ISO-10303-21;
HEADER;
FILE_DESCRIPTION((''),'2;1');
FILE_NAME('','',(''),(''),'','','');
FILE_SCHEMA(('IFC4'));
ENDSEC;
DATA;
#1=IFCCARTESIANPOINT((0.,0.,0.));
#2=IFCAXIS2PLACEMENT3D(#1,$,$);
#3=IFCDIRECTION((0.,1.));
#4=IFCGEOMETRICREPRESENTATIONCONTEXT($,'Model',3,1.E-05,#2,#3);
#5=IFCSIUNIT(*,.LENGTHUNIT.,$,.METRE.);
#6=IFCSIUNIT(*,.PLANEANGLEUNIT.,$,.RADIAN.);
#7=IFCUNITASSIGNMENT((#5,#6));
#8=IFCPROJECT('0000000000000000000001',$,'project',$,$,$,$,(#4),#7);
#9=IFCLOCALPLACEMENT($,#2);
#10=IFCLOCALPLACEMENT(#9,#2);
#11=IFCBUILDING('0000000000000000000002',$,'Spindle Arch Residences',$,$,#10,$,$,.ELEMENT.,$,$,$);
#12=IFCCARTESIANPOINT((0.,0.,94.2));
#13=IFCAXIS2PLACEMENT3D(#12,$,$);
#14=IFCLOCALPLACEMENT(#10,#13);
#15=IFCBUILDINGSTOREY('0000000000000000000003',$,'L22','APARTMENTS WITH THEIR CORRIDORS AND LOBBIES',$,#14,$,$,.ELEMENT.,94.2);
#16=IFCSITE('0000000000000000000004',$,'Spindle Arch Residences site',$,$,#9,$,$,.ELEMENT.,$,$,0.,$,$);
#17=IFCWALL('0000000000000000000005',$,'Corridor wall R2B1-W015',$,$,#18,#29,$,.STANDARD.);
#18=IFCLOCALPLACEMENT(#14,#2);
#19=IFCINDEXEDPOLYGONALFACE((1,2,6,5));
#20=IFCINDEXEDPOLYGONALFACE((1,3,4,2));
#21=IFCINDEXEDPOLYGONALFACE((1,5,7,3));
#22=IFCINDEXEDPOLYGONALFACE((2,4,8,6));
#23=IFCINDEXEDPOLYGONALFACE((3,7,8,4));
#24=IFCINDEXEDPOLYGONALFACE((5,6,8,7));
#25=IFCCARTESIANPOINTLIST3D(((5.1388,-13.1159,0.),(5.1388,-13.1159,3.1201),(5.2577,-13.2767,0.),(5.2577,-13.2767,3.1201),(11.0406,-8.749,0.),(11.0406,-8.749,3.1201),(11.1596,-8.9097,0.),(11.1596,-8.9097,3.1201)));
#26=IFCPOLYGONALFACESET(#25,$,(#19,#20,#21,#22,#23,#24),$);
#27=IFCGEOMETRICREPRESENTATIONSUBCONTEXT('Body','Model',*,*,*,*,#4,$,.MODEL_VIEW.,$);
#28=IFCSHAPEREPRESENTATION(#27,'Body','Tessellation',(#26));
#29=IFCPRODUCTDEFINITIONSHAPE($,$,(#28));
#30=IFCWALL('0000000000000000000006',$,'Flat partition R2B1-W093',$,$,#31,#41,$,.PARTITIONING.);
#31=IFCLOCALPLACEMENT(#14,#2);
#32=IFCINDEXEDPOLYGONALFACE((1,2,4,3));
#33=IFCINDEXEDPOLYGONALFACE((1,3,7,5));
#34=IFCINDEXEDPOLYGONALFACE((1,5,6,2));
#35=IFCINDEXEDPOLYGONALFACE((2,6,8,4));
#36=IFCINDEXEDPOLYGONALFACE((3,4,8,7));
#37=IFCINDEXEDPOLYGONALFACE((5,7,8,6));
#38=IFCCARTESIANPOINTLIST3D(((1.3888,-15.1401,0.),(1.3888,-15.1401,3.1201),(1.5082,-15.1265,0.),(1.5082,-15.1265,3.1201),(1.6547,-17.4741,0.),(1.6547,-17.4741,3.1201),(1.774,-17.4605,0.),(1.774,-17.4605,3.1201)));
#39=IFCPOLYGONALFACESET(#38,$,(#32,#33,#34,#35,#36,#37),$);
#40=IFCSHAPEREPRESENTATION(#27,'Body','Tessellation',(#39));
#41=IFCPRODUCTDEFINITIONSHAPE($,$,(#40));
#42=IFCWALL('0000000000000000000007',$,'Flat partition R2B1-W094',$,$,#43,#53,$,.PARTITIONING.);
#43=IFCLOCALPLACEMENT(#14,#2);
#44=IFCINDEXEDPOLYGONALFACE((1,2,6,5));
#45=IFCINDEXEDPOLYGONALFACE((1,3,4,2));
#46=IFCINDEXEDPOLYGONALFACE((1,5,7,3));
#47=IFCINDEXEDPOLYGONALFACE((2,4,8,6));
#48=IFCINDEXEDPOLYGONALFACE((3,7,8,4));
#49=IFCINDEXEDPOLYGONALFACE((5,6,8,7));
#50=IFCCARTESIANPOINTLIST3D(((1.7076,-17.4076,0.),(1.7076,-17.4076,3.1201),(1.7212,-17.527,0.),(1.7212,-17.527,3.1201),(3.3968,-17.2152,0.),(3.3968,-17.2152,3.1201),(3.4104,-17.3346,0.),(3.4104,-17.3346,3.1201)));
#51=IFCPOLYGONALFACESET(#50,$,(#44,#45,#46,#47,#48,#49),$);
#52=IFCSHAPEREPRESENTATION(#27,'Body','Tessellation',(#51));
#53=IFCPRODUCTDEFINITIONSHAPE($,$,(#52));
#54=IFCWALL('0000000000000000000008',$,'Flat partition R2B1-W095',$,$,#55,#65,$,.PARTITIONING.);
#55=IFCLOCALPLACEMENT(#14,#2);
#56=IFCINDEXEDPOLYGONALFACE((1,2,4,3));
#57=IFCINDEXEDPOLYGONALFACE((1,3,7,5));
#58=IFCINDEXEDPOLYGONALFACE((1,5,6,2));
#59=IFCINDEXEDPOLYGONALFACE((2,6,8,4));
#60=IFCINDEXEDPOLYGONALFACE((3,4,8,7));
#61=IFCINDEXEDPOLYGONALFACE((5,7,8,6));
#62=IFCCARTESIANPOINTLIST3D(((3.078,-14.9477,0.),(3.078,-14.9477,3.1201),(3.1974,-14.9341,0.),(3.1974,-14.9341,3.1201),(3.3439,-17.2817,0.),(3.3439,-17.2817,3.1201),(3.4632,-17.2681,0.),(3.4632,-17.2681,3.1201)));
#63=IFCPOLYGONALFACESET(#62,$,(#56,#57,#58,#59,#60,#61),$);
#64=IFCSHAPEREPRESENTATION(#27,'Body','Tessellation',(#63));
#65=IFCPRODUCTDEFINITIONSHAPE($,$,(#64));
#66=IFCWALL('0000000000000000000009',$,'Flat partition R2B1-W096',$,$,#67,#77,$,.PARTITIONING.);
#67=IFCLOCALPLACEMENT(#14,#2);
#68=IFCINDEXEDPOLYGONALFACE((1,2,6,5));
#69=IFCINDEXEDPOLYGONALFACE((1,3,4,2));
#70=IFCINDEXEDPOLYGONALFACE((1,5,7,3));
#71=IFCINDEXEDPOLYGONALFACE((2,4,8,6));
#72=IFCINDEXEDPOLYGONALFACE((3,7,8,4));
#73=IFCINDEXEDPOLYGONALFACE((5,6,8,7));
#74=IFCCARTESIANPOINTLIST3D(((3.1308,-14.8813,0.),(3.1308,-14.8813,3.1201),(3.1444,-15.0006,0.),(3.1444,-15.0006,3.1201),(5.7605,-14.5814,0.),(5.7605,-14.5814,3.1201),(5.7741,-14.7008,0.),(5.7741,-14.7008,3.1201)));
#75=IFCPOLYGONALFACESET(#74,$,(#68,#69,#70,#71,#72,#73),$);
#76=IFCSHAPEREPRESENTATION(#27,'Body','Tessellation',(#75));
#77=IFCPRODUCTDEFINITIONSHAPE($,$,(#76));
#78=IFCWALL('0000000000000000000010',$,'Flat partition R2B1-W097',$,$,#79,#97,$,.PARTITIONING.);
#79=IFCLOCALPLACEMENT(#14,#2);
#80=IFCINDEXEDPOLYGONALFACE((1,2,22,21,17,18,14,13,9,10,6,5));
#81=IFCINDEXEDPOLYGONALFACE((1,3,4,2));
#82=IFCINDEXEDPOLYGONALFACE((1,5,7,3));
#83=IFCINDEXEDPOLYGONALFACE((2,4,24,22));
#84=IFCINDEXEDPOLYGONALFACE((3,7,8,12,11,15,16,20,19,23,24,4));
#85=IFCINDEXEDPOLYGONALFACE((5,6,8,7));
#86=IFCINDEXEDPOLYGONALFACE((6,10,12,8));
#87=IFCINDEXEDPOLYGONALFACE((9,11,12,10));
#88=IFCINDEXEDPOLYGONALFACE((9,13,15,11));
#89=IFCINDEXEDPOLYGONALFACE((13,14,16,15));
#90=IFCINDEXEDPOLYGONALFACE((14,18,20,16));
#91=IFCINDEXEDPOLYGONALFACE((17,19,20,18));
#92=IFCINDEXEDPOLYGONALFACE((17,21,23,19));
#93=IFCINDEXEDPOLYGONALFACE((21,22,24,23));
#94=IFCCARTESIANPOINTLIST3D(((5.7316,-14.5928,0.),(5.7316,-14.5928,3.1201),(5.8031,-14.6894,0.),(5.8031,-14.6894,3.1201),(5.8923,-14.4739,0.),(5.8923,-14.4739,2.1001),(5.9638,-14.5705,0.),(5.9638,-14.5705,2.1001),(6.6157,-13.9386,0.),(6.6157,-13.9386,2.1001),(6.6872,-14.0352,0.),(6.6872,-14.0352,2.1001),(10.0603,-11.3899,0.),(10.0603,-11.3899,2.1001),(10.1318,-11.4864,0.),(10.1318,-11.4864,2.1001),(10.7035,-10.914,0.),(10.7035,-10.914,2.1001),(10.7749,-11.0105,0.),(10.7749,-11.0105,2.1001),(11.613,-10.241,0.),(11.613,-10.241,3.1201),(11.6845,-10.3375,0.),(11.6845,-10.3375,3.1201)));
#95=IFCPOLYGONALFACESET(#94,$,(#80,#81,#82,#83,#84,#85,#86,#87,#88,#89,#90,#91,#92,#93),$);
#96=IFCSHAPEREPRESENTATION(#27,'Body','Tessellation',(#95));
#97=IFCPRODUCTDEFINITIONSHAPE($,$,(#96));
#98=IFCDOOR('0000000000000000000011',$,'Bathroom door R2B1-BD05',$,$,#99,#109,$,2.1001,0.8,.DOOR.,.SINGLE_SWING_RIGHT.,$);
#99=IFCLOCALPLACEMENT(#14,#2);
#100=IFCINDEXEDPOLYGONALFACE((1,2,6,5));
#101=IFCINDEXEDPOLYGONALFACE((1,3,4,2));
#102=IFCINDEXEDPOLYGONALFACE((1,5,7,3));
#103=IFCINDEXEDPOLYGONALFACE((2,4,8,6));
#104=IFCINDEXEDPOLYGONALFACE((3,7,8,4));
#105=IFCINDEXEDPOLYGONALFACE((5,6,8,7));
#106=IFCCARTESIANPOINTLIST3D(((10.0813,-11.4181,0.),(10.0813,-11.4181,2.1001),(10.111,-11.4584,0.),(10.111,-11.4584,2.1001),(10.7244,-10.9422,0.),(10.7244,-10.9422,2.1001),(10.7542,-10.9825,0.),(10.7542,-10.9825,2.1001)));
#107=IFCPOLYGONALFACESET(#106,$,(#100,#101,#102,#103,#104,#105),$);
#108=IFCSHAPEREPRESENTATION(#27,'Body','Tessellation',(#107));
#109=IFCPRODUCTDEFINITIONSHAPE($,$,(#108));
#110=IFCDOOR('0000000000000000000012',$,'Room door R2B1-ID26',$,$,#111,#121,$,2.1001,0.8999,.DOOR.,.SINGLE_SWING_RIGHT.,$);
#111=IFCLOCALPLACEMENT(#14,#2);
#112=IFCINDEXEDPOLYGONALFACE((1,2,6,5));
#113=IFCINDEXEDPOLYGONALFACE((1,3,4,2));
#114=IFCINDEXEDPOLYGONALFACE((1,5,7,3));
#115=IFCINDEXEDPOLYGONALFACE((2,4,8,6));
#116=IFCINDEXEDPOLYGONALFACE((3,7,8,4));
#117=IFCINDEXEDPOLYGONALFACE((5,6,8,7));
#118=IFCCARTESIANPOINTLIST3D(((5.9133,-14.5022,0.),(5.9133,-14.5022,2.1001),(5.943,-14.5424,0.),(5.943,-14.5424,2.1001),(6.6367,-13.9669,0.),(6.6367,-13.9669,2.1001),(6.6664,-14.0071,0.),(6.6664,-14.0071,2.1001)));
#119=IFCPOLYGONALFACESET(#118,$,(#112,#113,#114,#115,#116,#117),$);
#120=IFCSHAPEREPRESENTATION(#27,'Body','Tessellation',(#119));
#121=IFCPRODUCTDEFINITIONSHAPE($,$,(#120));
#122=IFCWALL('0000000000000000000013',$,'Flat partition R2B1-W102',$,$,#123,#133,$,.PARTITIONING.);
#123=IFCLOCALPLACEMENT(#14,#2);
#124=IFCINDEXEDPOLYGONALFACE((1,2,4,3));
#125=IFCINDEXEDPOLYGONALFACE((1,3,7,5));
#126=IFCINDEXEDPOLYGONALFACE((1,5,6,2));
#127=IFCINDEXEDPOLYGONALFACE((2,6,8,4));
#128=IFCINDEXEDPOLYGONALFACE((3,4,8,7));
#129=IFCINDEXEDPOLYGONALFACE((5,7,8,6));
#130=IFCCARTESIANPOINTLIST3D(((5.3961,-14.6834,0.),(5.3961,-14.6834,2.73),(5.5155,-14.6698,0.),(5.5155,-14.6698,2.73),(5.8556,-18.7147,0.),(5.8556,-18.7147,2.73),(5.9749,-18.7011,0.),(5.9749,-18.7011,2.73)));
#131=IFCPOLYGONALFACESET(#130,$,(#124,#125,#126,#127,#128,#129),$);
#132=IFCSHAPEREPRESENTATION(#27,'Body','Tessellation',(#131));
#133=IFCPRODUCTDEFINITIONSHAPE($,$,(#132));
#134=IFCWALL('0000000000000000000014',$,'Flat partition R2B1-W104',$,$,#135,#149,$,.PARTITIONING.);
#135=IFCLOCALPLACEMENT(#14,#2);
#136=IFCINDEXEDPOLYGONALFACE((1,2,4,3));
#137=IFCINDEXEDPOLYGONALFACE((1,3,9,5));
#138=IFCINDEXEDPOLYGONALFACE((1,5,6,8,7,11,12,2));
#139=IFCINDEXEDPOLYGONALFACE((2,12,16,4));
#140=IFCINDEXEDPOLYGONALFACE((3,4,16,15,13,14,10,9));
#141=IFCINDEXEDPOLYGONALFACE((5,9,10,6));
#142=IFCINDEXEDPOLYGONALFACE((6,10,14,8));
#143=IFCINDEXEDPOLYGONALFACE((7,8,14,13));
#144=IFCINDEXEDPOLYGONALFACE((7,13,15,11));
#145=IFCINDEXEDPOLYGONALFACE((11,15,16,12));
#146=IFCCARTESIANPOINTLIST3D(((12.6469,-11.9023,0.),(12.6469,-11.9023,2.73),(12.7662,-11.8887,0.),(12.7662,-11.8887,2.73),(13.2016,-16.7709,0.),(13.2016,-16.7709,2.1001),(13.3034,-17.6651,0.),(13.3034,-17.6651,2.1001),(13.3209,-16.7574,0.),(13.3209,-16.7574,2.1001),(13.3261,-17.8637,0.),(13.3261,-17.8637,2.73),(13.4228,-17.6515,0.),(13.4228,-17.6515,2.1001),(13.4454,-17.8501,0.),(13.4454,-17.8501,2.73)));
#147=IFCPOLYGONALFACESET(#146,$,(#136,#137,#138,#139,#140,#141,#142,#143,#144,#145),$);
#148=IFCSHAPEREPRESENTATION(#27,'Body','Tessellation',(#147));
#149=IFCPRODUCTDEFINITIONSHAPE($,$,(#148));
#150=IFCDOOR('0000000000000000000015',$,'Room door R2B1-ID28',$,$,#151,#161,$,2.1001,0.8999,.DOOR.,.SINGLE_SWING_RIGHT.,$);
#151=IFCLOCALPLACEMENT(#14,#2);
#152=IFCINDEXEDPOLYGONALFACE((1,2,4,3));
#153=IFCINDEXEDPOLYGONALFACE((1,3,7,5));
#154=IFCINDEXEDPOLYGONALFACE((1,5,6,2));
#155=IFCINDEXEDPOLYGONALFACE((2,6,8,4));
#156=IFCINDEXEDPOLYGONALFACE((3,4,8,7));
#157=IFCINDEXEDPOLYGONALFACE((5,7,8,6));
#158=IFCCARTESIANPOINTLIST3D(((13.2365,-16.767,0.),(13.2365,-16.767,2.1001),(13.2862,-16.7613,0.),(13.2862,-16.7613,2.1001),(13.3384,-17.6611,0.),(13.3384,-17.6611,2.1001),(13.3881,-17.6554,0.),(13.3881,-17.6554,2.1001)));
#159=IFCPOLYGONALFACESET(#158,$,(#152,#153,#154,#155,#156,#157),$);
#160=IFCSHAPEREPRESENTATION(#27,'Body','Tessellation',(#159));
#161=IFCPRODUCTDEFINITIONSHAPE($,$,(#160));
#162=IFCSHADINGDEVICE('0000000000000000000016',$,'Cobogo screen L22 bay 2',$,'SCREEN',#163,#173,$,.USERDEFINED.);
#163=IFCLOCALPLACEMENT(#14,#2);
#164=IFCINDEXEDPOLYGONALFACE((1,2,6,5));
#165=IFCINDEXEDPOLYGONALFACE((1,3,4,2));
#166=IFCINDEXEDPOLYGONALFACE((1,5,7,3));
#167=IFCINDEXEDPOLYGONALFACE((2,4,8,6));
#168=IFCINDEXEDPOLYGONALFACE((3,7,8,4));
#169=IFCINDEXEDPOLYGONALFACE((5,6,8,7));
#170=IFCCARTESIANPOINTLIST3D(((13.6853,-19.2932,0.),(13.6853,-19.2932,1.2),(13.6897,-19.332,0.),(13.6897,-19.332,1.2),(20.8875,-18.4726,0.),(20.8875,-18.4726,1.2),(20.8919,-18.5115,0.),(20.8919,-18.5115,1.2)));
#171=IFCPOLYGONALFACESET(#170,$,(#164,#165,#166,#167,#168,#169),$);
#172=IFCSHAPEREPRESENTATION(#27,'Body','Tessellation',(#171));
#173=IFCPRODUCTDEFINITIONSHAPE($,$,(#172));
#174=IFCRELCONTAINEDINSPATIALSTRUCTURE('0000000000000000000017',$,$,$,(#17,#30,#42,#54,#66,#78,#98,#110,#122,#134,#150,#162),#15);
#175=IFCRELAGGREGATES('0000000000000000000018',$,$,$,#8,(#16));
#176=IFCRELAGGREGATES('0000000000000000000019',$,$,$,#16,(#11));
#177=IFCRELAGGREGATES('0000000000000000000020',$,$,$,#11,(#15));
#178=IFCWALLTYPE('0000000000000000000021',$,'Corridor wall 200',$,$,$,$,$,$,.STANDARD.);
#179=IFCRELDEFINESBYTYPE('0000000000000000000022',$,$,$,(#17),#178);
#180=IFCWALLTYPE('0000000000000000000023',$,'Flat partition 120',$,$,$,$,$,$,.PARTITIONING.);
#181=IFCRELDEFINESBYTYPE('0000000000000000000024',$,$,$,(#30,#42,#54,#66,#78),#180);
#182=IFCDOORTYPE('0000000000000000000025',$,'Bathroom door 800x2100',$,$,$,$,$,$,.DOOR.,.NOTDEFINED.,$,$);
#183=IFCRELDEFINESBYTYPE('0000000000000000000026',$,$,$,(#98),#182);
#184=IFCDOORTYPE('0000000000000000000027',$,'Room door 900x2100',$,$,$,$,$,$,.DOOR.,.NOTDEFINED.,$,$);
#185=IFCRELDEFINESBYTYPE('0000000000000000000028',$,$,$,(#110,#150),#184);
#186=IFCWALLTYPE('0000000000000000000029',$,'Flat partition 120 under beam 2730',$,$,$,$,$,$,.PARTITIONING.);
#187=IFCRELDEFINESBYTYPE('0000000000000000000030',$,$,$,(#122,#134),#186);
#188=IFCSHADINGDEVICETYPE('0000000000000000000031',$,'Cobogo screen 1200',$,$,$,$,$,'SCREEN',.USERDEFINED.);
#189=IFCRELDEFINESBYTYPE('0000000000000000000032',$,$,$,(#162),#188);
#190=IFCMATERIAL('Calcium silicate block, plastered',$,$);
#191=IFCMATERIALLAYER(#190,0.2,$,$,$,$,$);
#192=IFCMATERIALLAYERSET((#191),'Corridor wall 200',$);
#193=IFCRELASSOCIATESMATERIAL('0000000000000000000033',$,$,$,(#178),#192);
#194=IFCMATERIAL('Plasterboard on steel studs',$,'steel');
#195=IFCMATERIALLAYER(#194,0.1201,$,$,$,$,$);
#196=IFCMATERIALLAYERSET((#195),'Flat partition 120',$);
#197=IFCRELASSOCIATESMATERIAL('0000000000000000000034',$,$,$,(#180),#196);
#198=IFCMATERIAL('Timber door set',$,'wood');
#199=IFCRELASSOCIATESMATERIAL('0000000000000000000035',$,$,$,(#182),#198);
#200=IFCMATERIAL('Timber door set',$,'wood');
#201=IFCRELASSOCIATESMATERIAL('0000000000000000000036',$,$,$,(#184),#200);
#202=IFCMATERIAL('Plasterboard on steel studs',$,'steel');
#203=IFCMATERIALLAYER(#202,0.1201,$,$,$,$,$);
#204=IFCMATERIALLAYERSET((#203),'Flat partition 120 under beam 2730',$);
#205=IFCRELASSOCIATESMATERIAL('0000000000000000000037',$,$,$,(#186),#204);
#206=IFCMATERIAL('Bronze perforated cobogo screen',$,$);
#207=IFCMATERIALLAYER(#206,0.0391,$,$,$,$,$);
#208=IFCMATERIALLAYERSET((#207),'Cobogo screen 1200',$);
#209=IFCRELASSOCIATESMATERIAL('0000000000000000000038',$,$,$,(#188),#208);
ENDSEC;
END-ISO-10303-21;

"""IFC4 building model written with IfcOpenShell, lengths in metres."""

from ifc_helpers import new_model, si_unit, direction, frame, frame_2d, origin, origin_2d, place, context, subcontext, project, spatial, rectangle, extrude, material, layer, layer_set, type_object, element, fill, save


model = new_model("IFC4")

# Units and contexts
model_context = context("Model", 3, precision=1e-05, world=origin(), true_north=direction((0.0, 1.0)))
body_context = subcontext(model_context, "Body", "Model", "MODEL_VIEW")
ifc_project = project(units=[si_unit("LENGTHUNIT", "METRE"), si_unit("PLANEANGLEUNIT", "RADIAN")], contexts=[model_context])

# Site, building, storey
site_placement = place(None, origin())
site = spatial("IfcSite", under=ifc_project, at=site_placement, Name="Spindle Arch Residences site", CompositionType="ELEMENT", RefElevation=0.0)
building_placement = place(site_placement, origin())
building = spatial("IfcBuilding", under=site, at=building_placement, Name="Spindle Arch Residences", CompositionType="ELEMENT")
storey_placement = place(building_placement, frame((0.0, 0.0, 94.2)))
storey = spatial("IfcBuildingStorey", under=building, at=storey_placement, Name="L22", Description="APARTMENTS WITH THEIR CORRIDORS AND LOBBIES", CompositionType="ELEMENT", Elevation=94.2)

# Walls
ifc_material_1 = material(Name="Calcium silicate block, plastered")
ifc_layer_1 = layer(ifc_material_1, 0.2)
ifc_layer_set_1 = layer_set([ifc_layer_1], Name="Corridor wall 200")
wall_type_1 = type_object("IfcWallType", Name="Corridor wall 200", PredefinedType="STANDARD", material=ifc_layer_set_1)
wall_1_placement = place(storey_placement, frame((5.1982, -13.1963, 0.0), z_axis=(0.0, 0.0, 1.0), x_axis=(0.80387, 0.594805, 0.0)))
element("IfcWall", 1, at=wall_1_placement, inside=storey, type_object=wall_type_1, Name="Corridor wall R2B1-W015", PredefinedType="STANDARD", context=body_context, shape_type="SweptSolid", body=[
    extrude(rectangle(XDim=7.3418, YDim=0.2, at=frame_2d((3.6709, 0.0))), origin(), (0.0, 0.0, 1.0), 3.1201),
])
ifc_material_2 = material(Name="Plasterboard on steel studs", Category="steel")
ifc_layer_2 = layer(ifc_material_2, 0.1201)
ifc_layer_set_2 = layer_set([ifc_layer_2], Name="Flat partition 120")
wall_type_2 = type_object("IfcWallType", Name="Flat partition 120", PredefinedType="PARTITIONING", material=ifc_layer_set_2)
wall_2_placement = place(storey_placement, frame((1.4485, -15.1333, 0.0), z_axis=(0.0, 0.0, 1.0), x_axis=(0.11318, -0.993574, 0.0)))
element("IfcWall", 2, at=wall_2_placement, inside=storey, type_object=wall_type_2, Name="Flat partition R2B1-W093", PredefinedType="PARTITIONING", context=body_context, shape_type="SweptSolid", body=[
    extrude(rectangle(XDim=2.3491, YDim=0.1201, at=frame_2d((1.1746, 0.0))), origin(), (0.0, 0.0, 1.0), 3.1201),
])
wall_3_placement = place(storey_placement, frame((1.7144, -17.4673, 0.0), z_axis=(0.0, 0.0, 1.0), x_axis=(0.993577, 0.113158, 0.0)))
element("IfcWall", 3, at=wall_3_placement, inside=storey, type_object=wall_type_2, Name="Flat partition R2B1-W094", PredefinedType="PARTITIONING", context=body_context, shape_type="SweptSolid", body=[
    extrude(rectangle(XDim=1.7002, YDim=0.1201, at=frame_2d((0.8501, 0.0))), origin(), (0.0, 0.0, 1.0), 3.1201),
])
wall_4_placement = place(storey_placement, frame((3.4036, -17.2749, 0.0), z_axis=(0.0, 0.0, 1.0), x_axis=(-0.11318, 0.993574, 0.0)))
element("IfcWall", 4, at=wall_4_placement, inside=storey, type_object=wall_type_2, Name="Flat partition R2B1-W095", PredefinedType="PARTITIONING", context=body_context, shape_type="SweptSolid", body=[
    extrude(rectangle(XDim=2.3491, YDim=0.1201, at=frame_2d((1.1746, 0.0))), origin(), (0.0, 0.0, 1.0), 3.1201),
])
wall_5_placement = place(storey_placement, frame((3.1377, -14.9409, 0.0), z_axis=(0.0, 0.0, 1.0), x_axis=(0.993564, 0.113276, 0.0)))
element("IfcWall", 5, at=wall_5_placement, inside=storey, type_object=wall_type_2, Name="Flat partition R2B1-W096", PredefinedType="PARTITIONING", context=body_context, shape_type="SweptSolid", body=[
    extrude(rectangle(XDim=2.6467, YDim=0.1201, at=frame_2d((1.3232, 0.0))), origin(), (0.0, 0.0, 1.0), 3.1201),
])

# Wall, openings, doors
wall_6_placement = place(storey_placement, frame((5.7673, -14.6411, 0.0), z_axis=(0.0, 0.0, 1.0), x_axis=(0.803867, 0.594809, 0.0)))
wall_6 = element("IfcWall", 6, at=wall_6_placement, inside=storey, type_object=wall_type_2, Name="Flat partition R2B1-W097", PredefinedType="PARTITIONING", context=body_context, shape_type="SweptSolid", body=[
    extrude(rectangle(XDim=7.3164, YDim=0.1201, at=frame_2d((3.6582, 0.0))), origin(), (0.0, 0.0, 1.0), 3.1201),
])
opening_1_placement = place(wall_6_placement, frame((0.2, 0.0, 0.0)))
opening_1 = element("IfcOpeningElement", 7, at=opening_1_placement, cuts=wall_6, PredefinedType="OPENING", context=body_context, shape_type="SweptSolid", body=[
    extrude(rectangle(XDim=0.8999, YDim=2.1001, at=frame_2d((0.45, 1.05))), frame((0.0, 0.0701, 0.0), z_axis=(0.0, -1.0, 0.0), x_axis=(1.0, 0.0, 0.0)), (0.0, 0.0, 1.0), 0.1401),
])
opening_2_placement = place(wall_6_placement, frame((5.385, 0.0, 0.0)))
opening_2 = element("IfcOpeningElement", 8, at=opening_2_placement, cuts=wall_6, PredefinedType="OPENING", context=body_context, shape_type="SweptSolid", body=[
    extrude(rectangle(XDim=0.8, YDim=2.1001, at=frame_2d((0.3999, 1.05))), frame((0.0, 0.0701, 0.0), z_axis=(0.0, -1.0, 0.0), x_axis=(1.0, 0.0, 0.0)), (0.0, 0.0, 1.0), 0.1401),
])
ifc_material_3 = material(Name="Timber door set", Category="wood")
door_type_1 = type_object("IfcDoorType", Name="Bathroom door 800x2100", OperationType="NOTDEFINED", PredefinedType="DOOR", material=ifc_material_3)
door_1_placement = place(opening_2_placement, origin())
door_1 = element("IfcDoor", 9, at=door_1_placement, inside=storey, type_object=door_type_1, Name="Bathroom door R2B1-BD05", OperationType="SINGLE_SWING_RIGHT", OverallHeight=2.1001, OverallWidth=0.8, PredefinedType="DOOR", context=body_context, shape_type="SweptSolid", body=[
    extrude(rectangle(XDim=0.8, YDim=2.1001, at=frame_2d((0.3999, 1.05))), frame((0.0, 0.0249, 0.0), z_axis=(0.0, -1.0, 0.0), x_axis=(1.0, 0.0, 0.0)), (0.0, 0.0, 1.0), 0.05),
])
fill(opening_2, door_1)
ifc_material_4 = material(Name="Timber door set", Category="wood")
door_type_2 = type_object("IfcDoorType", Name="Room door 900x2100", OperationType="NOTDEFINED", PredefinedType="DOOR", material=ifc_material_4)
door_2_placement = place(opening_1_placement, origin())
door_2 = element("IfcDoor", 10, at=door_2_placement, inside=storey, type_object=door_type_2, Name="Room door R2B1-ID26", OperationType="SINGLE_SWING_RIGHT", OverallHeight=2.1001, OverallWidth=0.8999, PredefinedType="DOOR", context=body_context, shape_type="SweptSolid", body=[
    extrude(rectangle(XDim=0.8999, YDim=2.1001, at=frame_2d((0.45, 1.05))), frame((0.0, 0.0249, 0.0), z_axis=(0.0, -1.0, 0.0), x_axis=(1.0, 0.0, 0.0)), (0.0, 0.0, 1.0), 0.05),
])
fill(opening_1, door_2)

# Wall
ifc_material_5 = material(Name="Plasterboard on steel studs", Category="steel")
ifc_layer_3 = layer(ifc_material_5, 0.1201)
ifc_layer_set_3 = layer_set([ifc_layer_3], Name="Flat partition 120 under beam 2730")
wall_type_3 = type_object("IfcWallType", Name="Flat partition 120 under beam 2730", PredefinedType="PARTITIONING", material=ifc_layer_set_3)
wall_7_placement = place(storey_placement, frame((5.9153, -18.708, 0.0), z_axis=(0.0, 0.0, 1.0), x_axis=(-0.113245, 0.993567, 0.0)))
element("IfcWall", 11, at=wall_7_placement, inside=storey, type_object=wall_type_3, Name="Flat partition R2B1-W102", PredefinedType="PARTITIONING", context=body_context, shape_type="SweptSolid", body=[
    extrude(rectangle(XDim=4.0574, YDim=0.1201, at=frame_2d((2.0288, 0.0))), origin(), (0.0, 0.0, 1.0), 2.73),
])

# Wall, opening, door
wall_8_placement = place(storey_placement, frame((13.3857, -17.8569, 0.0), z_axis=(0.0, 0.0, 1.0), x_axis=(-0.1132, 0.993572, 0.0)))
wall_8 = element("IfcWall", 12, at=wall_8_placement, inside=storey, type_object=wall_type_3, Name="Flat partition R2B1-W104", PredefinedType="PARTITIONING", context=body_context, shape_type="SweptSolid", body=[
    extrude(rectangle(XDim=6.0, YDim=0.1201, at=frame_2d((3.0, 0.0))), origin(), (0.0, 0.0, 1.0), 2.73),
])
opening_3_placement = place(wall_8_placement, frame((0.2, 0.0, 0.0)))
opening_3 = element("IfcOpeningElement", 13, at=opening_3_placement, cuts=wall_8, PredefinedType="OPENING", context=body_context, shape_type="SweptSolid", body=[
    extrude(rectangle(XDim=0.8999, YDim=2.1001, at=frame_2d((0.45, 1.05))), frame((0.0, 0.0701, 0.0), z_axis=(0.0, -1.0, 0.0), x_axis=(1.0, 0.0, 0.0)), (0.0, 0.0, 1.0), 0.1401),
])
door_3_placement = place(opening_3_placement, origin())
door_3 = element("IfcDoor", 14, at=door_3_placement, inside=storey, type_object=door_type_2, Name="Room door R2B1-ID28", OperationType="SINGLE_SWING_RIGHT", OverallHeight=2.1001, OverallWidth=0.8999, PredefinedType="DOOR", context=body_context, shape_type="SweptSolid", body=[
    extrude(rectangle(XDim=0.8999, YDim=2.1001, at=frame_2d((0.45, 1.05))), frame((0.0, 0.0249, 0.0), z_axis=(0.0, -1.0, 0.0), x_axis=(1.0, 0.0, 0.0)), (0.0, 0.0, 1.0), 0.05),
])
fill(opening_3, door_3)

# Shading device
ifc_material_6 = material(Name="Bronze perforated cobogo screen")
ifc_layer_4 = layer(ifc_material_6, 0.0391)
ifc_layer_set_4 = layer_set([ifc_layer_4], Name="Cobogo screen 1200")
shading_device_type = type_object("IfcShadingDeviceType", Name="Cobogo screen 1200", ElementType="SCREEN", PredefinedType="USERDEFINED", material=ifc_layer_set_4)
for number, where, z_axis, x_axis, name in (
    (15, (17.2886, -18.9023, 0.0), (0.0, 0.0, 1.0), (0.993572, 0.113203, 0.0), "Cobogo screen L22 bay 2"),
):
    element("IfcShadingDevice", number, at=place(storey_placement, frame(where, z_axis=z_axis, x_axis=x_axis)), inside=storey, type_object=shading_device_type, Name=name, ObjectType="SCREEN", PredefinedType="USERDEFINED", context=body_context, shape_type="SweptSolid", body=[
        extrude(rectangle(XDim=7.2488, YDim=0.0391, at=origin_2d()), origin(), (0.0, 0.0, 1.0), 1.2),
    ])

save(model, "model.ifc")
